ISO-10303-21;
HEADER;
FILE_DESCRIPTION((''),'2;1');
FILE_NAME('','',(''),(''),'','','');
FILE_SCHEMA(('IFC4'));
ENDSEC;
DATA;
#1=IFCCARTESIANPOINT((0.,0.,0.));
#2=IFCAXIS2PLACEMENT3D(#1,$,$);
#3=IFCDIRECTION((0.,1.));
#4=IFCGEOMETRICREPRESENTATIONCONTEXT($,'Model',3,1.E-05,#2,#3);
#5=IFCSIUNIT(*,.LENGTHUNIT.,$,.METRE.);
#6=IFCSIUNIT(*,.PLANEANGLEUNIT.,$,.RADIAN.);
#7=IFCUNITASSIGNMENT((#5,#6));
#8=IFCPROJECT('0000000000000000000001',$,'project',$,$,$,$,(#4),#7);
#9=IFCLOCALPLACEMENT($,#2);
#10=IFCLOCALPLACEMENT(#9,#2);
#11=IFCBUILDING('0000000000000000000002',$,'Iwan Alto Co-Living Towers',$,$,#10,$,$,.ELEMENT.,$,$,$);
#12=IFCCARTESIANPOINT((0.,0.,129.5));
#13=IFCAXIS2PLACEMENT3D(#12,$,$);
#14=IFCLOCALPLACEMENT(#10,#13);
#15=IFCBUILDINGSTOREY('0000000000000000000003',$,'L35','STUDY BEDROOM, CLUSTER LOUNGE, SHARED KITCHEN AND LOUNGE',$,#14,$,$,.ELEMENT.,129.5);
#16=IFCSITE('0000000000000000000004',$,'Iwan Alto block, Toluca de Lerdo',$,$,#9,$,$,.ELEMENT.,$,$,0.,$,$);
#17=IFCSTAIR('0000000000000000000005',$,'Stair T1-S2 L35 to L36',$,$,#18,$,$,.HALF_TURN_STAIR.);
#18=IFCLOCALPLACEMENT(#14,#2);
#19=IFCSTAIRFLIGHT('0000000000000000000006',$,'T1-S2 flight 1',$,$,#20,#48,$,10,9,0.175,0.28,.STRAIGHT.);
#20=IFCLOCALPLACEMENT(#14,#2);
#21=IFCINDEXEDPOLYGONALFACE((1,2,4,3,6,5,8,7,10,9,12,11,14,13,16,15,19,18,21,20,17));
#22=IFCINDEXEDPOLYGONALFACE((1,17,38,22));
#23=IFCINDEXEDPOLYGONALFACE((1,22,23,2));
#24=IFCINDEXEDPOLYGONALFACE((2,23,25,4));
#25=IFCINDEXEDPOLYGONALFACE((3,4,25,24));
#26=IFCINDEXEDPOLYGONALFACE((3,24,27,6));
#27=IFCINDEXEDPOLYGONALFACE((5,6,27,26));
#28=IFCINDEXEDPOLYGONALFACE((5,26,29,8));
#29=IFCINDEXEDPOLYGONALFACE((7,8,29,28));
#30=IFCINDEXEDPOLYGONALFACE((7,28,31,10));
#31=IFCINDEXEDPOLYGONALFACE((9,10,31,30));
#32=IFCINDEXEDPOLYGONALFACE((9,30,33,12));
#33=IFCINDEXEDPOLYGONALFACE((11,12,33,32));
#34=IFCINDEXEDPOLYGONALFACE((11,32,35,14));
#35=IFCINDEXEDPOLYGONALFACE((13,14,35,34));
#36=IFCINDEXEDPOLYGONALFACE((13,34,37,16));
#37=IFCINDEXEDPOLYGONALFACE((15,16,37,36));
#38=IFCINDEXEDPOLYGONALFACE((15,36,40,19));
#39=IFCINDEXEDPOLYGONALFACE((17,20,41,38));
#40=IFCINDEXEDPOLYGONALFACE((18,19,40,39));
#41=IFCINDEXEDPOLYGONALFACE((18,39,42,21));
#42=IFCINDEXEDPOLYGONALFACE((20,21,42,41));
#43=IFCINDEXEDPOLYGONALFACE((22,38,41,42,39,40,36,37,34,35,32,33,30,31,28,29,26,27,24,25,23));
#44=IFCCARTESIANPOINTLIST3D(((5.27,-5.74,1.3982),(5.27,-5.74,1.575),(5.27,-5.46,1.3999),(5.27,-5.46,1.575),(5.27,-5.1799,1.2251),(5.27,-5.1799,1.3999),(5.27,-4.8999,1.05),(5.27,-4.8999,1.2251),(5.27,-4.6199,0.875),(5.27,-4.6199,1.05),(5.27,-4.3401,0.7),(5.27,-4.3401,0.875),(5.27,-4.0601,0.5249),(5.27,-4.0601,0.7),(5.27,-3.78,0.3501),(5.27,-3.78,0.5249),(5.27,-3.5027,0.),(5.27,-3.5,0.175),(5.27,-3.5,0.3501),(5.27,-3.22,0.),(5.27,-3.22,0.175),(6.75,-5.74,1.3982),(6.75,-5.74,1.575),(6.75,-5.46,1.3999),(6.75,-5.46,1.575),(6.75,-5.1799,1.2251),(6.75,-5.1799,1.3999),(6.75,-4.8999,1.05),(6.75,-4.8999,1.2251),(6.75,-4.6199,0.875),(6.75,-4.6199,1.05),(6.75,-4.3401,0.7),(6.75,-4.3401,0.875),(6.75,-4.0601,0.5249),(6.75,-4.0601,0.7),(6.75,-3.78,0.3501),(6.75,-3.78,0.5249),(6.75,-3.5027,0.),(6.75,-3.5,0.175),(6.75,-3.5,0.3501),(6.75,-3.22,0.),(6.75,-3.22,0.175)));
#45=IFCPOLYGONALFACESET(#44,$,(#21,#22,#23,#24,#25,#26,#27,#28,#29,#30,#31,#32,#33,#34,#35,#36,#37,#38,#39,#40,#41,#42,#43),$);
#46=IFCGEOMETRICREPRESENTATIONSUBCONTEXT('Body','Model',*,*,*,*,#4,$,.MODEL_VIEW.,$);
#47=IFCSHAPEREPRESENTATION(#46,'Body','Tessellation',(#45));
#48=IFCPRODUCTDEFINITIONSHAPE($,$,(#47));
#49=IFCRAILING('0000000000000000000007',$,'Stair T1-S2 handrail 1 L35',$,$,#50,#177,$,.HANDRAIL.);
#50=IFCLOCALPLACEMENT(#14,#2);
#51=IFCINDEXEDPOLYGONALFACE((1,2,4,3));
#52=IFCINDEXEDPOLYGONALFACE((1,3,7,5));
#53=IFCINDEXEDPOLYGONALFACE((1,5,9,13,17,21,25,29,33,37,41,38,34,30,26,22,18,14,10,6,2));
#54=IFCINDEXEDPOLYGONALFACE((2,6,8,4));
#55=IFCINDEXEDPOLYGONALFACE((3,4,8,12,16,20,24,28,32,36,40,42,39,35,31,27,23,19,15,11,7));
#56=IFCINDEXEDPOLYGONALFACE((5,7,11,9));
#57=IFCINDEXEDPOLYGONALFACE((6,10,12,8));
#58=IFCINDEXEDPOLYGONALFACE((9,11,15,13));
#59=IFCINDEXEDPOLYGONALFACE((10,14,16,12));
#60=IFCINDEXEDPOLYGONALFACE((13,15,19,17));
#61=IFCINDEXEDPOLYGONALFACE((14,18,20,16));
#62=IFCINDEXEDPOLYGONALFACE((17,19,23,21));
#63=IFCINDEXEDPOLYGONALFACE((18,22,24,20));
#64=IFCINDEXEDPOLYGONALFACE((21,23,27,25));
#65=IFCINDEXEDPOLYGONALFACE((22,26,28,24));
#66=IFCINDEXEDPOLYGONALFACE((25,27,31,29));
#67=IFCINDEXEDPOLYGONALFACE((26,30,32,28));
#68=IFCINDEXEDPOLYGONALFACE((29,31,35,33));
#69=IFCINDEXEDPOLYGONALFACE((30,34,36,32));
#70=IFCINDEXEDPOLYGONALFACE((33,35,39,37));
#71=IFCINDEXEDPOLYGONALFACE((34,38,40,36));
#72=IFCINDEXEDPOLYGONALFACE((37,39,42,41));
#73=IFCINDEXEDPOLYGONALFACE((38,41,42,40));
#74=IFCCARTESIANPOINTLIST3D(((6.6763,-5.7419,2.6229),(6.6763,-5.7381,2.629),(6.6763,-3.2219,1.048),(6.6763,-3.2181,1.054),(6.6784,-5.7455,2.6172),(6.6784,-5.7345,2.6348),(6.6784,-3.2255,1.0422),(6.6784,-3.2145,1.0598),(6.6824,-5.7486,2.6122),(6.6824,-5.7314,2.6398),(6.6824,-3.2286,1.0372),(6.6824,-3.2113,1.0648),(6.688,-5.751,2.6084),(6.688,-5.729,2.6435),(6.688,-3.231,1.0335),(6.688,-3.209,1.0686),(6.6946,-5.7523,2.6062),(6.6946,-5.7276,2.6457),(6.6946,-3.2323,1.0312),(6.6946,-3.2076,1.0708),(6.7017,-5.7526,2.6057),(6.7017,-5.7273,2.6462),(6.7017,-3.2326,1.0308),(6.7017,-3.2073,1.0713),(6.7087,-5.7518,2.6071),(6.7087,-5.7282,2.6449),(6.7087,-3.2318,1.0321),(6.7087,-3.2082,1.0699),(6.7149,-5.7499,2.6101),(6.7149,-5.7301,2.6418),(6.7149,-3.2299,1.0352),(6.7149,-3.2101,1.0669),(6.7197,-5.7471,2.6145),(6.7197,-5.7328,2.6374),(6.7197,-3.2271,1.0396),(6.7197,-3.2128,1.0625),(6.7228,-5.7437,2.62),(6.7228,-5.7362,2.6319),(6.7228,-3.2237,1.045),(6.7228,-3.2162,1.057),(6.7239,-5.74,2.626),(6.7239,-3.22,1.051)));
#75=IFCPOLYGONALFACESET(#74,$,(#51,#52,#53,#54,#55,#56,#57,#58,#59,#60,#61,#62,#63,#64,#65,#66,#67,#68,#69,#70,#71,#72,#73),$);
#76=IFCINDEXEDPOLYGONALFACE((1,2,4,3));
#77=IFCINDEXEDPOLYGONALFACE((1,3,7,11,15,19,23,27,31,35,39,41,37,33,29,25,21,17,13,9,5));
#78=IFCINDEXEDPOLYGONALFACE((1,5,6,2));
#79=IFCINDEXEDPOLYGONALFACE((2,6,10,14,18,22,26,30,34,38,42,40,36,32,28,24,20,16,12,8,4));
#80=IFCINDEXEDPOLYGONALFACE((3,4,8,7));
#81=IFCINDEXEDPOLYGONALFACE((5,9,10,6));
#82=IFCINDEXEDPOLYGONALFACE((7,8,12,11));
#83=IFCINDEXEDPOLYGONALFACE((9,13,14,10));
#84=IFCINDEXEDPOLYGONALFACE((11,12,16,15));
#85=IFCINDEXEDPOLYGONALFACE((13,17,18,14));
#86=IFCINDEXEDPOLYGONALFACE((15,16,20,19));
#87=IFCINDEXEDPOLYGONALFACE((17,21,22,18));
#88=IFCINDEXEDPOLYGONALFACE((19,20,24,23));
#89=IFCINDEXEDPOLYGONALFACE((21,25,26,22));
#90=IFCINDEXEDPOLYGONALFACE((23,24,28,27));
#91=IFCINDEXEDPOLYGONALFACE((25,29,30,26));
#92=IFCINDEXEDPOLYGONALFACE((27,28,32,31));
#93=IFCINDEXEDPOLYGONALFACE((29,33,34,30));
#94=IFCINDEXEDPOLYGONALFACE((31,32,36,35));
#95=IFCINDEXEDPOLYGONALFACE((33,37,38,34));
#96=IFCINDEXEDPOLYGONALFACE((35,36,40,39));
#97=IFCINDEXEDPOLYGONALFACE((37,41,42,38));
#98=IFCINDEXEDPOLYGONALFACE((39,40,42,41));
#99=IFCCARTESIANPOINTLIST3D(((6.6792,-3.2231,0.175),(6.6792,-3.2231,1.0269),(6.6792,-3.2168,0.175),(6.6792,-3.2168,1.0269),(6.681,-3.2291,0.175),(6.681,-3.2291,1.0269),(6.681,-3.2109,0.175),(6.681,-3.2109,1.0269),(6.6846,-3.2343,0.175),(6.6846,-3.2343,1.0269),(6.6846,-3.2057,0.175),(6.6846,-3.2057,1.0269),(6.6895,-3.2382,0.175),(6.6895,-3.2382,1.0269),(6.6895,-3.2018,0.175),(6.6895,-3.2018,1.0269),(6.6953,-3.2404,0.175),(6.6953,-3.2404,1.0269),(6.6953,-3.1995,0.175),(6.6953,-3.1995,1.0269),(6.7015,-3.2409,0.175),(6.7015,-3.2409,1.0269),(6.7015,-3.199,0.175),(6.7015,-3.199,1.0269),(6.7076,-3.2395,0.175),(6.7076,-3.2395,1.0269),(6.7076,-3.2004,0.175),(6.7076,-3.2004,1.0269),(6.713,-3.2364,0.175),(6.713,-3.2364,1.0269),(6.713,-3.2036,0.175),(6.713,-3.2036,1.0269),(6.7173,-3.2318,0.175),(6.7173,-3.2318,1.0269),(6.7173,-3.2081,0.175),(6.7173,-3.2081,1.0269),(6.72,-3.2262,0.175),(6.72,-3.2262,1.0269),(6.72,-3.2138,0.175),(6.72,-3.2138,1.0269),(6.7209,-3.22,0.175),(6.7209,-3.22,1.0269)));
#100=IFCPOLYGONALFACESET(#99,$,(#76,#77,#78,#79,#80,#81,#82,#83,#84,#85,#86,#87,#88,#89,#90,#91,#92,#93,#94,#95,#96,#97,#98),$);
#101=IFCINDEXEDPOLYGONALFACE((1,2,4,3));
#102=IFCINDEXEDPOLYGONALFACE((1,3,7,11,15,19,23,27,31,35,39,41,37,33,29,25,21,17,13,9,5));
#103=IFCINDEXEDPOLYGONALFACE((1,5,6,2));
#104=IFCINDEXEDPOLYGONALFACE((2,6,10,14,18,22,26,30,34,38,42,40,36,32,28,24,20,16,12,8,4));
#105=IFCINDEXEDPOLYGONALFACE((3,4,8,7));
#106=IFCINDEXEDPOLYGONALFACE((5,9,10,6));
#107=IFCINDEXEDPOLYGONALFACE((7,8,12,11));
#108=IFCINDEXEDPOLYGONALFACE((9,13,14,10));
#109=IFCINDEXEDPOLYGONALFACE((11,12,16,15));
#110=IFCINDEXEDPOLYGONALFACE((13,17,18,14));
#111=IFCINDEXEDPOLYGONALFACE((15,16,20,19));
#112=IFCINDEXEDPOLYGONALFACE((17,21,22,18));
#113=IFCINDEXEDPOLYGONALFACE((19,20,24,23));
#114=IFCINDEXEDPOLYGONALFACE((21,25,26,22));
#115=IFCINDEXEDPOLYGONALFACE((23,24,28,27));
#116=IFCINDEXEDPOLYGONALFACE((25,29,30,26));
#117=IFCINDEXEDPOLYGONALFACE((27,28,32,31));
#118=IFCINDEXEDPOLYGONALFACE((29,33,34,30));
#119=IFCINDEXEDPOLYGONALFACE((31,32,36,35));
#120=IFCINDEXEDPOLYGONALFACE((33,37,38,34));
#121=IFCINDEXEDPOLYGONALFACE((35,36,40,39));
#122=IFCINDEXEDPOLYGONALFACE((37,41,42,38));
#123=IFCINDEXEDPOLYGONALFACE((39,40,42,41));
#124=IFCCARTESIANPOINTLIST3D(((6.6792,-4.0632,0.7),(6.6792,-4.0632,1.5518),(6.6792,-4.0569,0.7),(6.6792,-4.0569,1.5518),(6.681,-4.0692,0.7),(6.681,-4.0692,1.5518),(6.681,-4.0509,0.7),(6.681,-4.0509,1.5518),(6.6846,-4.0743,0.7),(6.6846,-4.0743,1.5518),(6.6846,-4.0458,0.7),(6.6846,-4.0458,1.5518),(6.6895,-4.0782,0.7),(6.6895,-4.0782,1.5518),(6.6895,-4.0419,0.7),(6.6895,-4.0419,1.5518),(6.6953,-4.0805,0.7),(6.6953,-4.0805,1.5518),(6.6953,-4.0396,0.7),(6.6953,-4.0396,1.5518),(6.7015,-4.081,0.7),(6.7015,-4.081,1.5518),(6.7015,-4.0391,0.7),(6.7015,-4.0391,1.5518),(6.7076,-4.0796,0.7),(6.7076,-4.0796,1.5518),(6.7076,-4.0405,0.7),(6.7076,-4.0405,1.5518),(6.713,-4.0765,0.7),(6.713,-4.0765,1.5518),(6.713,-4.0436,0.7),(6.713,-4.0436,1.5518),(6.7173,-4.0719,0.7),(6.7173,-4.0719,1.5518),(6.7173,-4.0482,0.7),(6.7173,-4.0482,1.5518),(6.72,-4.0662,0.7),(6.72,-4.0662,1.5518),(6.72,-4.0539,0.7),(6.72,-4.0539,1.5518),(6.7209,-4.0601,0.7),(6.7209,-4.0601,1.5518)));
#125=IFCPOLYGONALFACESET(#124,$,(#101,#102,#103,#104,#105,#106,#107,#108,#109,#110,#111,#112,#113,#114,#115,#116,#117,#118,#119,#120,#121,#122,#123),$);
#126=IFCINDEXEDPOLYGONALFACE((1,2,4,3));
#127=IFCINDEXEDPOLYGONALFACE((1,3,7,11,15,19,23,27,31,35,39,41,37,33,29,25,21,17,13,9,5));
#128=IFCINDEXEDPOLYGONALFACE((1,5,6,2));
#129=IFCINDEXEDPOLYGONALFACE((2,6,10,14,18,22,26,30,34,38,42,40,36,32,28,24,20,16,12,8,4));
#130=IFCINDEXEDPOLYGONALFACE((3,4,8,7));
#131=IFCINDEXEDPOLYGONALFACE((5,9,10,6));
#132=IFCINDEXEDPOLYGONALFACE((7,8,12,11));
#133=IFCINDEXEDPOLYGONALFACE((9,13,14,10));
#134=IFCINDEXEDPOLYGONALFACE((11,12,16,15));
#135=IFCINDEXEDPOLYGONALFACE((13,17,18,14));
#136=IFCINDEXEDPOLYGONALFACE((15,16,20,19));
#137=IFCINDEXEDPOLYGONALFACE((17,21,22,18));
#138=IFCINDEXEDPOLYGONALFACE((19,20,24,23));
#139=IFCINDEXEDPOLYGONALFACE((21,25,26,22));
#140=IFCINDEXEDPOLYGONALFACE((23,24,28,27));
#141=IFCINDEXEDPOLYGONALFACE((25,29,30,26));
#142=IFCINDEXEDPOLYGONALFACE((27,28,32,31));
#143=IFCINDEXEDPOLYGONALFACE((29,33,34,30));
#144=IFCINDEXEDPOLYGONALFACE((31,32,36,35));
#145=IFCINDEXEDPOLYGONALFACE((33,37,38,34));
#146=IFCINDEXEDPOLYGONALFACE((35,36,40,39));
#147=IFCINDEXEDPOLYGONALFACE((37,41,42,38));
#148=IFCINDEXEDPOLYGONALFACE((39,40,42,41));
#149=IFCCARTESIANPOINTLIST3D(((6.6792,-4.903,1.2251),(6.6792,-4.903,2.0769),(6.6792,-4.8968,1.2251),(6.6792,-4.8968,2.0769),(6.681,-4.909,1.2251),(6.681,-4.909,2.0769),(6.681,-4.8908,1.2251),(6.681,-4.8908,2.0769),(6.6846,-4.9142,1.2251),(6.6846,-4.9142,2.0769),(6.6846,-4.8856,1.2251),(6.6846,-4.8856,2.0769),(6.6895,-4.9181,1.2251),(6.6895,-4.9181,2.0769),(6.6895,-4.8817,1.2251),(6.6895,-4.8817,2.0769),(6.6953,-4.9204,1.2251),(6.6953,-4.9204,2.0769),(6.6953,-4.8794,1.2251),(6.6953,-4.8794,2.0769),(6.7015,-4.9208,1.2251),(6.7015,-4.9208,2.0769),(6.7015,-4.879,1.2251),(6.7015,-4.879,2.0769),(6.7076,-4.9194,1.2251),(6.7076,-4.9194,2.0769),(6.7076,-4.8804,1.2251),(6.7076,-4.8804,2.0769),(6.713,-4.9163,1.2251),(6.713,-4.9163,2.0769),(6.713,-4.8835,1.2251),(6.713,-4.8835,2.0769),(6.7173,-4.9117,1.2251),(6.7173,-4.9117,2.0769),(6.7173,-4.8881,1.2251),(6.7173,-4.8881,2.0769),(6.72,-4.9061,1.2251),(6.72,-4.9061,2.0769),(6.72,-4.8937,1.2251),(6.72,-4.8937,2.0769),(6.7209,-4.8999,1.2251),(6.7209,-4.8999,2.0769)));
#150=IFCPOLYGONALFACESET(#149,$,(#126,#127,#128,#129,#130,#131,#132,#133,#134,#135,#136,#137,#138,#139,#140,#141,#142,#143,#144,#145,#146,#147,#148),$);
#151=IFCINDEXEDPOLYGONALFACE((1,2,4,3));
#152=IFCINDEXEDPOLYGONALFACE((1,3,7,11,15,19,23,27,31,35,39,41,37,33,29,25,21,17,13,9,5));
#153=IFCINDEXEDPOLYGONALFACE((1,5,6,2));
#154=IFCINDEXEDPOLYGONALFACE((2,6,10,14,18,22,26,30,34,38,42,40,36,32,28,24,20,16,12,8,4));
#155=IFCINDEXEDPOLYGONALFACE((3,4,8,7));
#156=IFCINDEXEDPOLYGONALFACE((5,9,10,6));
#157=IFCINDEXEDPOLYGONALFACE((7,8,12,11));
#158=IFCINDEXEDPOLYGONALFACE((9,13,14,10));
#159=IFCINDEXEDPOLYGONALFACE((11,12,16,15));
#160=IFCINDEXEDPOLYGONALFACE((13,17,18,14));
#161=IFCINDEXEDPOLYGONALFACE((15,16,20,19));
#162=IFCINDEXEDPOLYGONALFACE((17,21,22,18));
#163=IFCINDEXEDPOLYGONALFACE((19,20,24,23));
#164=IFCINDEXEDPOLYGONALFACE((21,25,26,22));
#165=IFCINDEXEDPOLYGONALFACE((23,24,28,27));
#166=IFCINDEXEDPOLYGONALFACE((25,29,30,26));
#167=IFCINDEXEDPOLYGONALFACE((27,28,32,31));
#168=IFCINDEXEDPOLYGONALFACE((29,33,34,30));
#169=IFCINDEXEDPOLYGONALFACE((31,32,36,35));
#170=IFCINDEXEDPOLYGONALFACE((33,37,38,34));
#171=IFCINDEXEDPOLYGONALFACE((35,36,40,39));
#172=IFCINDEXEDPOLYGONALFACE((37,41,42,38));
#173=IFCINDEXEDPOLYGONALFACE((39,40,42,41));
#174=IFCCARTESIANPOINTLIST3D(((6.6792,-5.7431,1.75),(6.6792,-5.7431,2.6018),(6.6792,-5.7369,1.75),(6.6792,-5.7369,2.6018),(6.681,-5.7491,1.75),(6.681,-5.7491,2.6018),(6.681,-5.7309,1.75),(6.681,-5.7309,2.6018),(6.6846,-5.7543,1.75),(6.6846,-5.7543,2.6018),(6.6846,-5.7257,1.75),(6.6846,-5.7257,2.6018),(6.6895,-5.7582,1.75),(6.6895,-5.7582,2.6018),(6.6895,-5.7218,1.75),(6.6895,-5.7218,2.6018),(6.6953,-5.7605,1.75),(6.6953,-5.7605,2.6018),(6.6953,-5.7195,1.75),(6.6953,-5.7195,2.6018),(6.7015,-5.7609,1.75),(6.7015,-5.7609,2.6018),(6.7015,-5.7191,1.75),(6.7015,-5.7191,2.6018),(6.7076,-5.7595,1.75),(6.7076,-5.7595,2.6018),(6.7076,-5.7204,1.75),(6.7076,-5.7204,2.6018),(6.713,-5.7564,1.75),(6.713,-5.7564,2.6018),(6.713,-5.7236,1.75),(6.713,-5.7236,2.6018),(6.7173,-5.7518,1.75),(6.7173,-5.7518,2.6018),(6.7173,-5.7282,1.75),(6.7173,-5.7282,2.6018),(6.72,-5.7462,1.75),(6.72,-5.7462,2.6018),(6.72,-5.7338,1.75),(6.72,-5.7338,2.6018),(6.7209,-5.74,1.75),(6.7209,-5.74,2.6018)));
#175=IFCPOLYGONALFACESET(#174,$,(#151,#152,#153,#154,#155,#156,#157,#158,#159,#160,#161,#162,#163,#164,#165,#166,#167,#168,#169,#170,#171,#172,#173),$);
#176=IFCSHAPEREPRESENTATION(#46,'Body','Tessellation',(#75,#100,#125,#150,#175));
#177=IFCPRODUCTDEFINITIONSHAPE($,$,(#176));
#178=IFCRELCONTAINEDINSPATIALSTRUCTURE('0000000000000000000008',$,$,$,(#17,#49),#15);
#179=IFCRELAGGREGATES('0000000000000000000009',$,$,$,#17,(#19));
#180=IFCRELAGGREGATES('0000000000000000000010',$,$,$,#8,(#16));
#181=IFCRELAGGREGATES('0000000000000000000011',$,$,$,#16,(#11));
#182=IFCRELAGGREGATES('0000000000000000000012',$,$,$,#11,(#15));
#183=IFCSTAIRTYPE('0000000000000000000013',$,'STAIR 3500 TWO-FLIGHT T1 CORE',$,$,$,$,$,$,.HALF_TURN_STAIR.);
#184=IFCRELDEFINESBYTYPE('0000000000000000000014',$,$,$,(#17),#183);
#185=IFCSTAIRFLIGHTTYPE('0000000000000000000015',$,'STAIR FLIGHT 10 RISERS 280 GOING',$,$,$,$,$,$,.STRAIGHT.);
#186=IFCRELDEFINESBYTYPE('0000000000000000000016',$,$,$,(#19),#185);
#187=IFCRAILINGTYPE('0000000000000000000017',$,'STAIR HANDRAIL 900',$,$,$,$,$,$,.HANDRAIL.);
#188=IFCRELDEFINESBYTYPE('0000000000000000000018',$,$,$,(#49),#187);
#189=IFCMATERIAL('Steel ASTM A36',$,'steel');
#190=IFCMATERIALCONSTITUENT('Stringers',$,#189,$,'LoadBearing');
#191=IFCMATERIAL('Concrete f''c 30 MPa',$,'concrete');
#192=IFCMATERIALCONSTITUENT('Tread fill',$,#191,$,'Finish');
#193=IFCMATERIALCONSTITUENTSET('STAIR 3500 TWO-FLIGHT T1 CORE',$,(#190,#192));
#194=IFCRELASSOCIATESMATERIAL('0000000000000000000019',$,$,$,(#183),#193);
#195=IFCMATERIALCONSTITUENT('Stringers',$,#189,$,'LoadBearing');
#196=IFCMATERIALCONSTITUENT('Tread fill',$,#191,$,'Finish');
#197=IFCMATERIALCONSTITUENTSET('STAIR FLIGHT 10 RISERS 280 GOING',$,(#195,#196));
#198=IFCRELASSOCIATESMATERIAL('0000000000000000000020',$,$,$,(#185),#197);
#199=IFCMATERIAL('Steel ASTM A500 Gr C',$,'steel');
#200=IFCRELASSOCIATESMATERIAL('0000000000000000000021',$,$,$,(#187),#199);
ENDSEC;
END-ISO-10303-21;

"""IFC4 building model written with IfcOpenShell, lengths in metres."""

from ifc_helpers import new_model, si_unit, direction, frame, origin, origin_2d, place, context, subcontext, project, spatial, polyline, circle, outline, extrude, material, constituent, constituent_set, type_object, element, aggregate, save


model = new_model("IFC4")

# Units and contexts
model_context = context("Model", 3, precision=1e-05, world=origin(), true_north=direction((0.0, 1.0)))
body_context = subcontext(model_context, "Body", "Model", "MODEL_VIEW")
ifc_project = project(units=[si_unit("LENGTHUNIT", "METRE"), si_unit("PLANEANGLEUNIT", "RADIAN")], contexts=[model_context])

# Site, building, storey
site_placement = place(None, origin())
site = spatial("IfcSite", under=ifc_project, at=site_placement, Name="Iwan Alto block, Toluca de Lerdo", CompositionType="ELEMENT", RefElevation=0.0)
building_placement = place(site_placement, origin())
building = spatial("IfcBuilding", under=site, at=building_placement, Name="Iwan Alto Co-Living Towers", CompositionType="ELEMENT")
storey_placement = place(building_placement, frame((0.0, 0.0, 129.5)))
storey = spatial("IfcBuildingStorey", under=building, at=storey_placement, Name="L35", Description="STUDY BEDROOM, CLUSTER LOUNGE, SHARED KITCHEN AND LOUNGE", CompositionType="ELEMENT", Elevation=129.5)

# Stair, stair flight
ifc_material_1 = material(Name="Steel ASTM A36", Category="steel")
ifc_constituent_1 = constituent(ifc_material_1, Name="Stringers", Category="LoadBearing")
ifc_material_2 = material(Name="Concrete f'c 30 MPa", Category="concrete")
ifc_constituent_2 = constituent(ifc_material_2, Name="Tread fill", Category="Finish")
ifc_constituent_set_1 = constituent_set(constituents=[ifc_constituent_1, ifc_constituent_2], Name="STAIR 3500 TWO-FLIGHT T1 CORE")
stair_type = type_object("IfcStairType", Name="STAIR 3500 TWO-FLIGHT T1 CORE", PredefinedType="HALF_TURN_STAIR", material=ifc_constituent_set_1)
stair_placement = place(storey_placement, origin())
stair = element("IfcStair", 1, at=stair_placement, inside=storey, type_object=stair_type, Name="Stair T1-S2 L35 to L36", PredefinedType="HALF_TURN_STAIR")
ifc_constituent_3 = constituent(ifc_material_1, Name="Stringers", Category="LoadBearing")
ifc_constituent_4 = constituent(ifc_material_2, Name="Tread fill", Category="Finish")
ifc_constituent_set_2 = constituent_set(constituents=[ifc_constituent_3, ifc_constituent_4], Name="STAIR FLIGHT 10 RISERS 280 GOING")
stair_flight_type = type_object("IfcStairFlightType", Name="STAIR FLIGHT 10 RISERS 280 GOING", PredefinedType="STRAIGHT", material=ifc_constituent_set_2)
stair_flight_placement = place(storey_placement, frame((6.01, -3.22, 0.0), z_axis=(0.0, 0.0, 1.0), x_axis=(0.0, -1.0, 0.0)))
stair_flight = element("IfcStairFlight", 2, at=stair_flight_placement, type_object=stair_flight_type, Name="T1-S2 flight 1", NumberOfRisers=10, NumberOfTreads=9, PredefinedType="STRAIGHT", RiserHeight=0.175, TreadLength=0.28, context=body_context, shape_type="SweptSolid", body=[
    extrude(outline(polyline([(0.0, 0.0), (0.0, 0.175), (0.28, 0.175), (0.28, 0.3501), (0.5601, 0.3501), (0.5601, 0.5249), (0.8401, 0.5249), (0.8401, 0.7), (1.1201, 0.7), (1.1201, 0.875), (1.3999, 0.875), (1.3999, 1.05), (1.6799, 1.05), (1.6799, 1.2251), (1.96, 1.2251), (1.96, 1.3999), (2.24, 1.3999), (2.24, 1.575), (2.52, 1.575), (2.52, 1.75), (2.52, 1.3982), (0.2827, 0.0), (0.0, 0.0)])), frame((0.0, 0.74, 0.0), z_axis=(0.0, -1.0, 0.0), x_axis=(1.0, 0.0, 0.0)), (0.0, 0.0, 1.0), 1.48),
])
aggregate(stair, [stair_flight])

# Railing
ifc_material_3 = material(Name="Steel ASTM A500 Gr C", Category="steel")
railing_type_1 = type_object("IfcRailingType", Name="STAIR HANDRAIL 900", PredefinedType="HANDRAIL", material=ifc_material_3)
railing_1_placement = place(storey_placement, frame((6.7, -3.22, 0.175)))
element("IfcRailing", 3, at=railing_1_placement, inside=storey, type_object=railing_type_1, Name="Stair T1-S2 handrail 1 L35", PredefinedType="HANDRAIL", context=body_context, shape_type="SweptSolid", body=[
    extrude(circle(Radius=0.0239, at=origin_2d()), frame((0.0, 0.0, 0.876), z_axis=(0.0, -0.848008, 0.529984), x_axis=(1.0, 0.0, 0.0)), (0.0, 0.0, 1.0), 2.9717),
    extrude(circle(Radius=0.021, at=origin_2d()), origin(), (0.0, 0.0, 1.0), 0.8518),
    extrude(circle(Radius=0.021, at=origin_2d()), frame((0.0, -0.8401, 0.5249)), (0.0, 0.0, 1.0), 0.8518),
    extrude(circle(Radius=0.021, at=origin_2d()), frame((0.0, -1.6799, 1.05)), (0.0, 0.0, 1.0), 0.8518),
    extrude(circle(Radius=0.021, at=origin_2d()), frame((0.0, -2.52, 1.575)), (0.0, 0.0, 1.0), 0.8518),
])

save(model, "model.ifc")
